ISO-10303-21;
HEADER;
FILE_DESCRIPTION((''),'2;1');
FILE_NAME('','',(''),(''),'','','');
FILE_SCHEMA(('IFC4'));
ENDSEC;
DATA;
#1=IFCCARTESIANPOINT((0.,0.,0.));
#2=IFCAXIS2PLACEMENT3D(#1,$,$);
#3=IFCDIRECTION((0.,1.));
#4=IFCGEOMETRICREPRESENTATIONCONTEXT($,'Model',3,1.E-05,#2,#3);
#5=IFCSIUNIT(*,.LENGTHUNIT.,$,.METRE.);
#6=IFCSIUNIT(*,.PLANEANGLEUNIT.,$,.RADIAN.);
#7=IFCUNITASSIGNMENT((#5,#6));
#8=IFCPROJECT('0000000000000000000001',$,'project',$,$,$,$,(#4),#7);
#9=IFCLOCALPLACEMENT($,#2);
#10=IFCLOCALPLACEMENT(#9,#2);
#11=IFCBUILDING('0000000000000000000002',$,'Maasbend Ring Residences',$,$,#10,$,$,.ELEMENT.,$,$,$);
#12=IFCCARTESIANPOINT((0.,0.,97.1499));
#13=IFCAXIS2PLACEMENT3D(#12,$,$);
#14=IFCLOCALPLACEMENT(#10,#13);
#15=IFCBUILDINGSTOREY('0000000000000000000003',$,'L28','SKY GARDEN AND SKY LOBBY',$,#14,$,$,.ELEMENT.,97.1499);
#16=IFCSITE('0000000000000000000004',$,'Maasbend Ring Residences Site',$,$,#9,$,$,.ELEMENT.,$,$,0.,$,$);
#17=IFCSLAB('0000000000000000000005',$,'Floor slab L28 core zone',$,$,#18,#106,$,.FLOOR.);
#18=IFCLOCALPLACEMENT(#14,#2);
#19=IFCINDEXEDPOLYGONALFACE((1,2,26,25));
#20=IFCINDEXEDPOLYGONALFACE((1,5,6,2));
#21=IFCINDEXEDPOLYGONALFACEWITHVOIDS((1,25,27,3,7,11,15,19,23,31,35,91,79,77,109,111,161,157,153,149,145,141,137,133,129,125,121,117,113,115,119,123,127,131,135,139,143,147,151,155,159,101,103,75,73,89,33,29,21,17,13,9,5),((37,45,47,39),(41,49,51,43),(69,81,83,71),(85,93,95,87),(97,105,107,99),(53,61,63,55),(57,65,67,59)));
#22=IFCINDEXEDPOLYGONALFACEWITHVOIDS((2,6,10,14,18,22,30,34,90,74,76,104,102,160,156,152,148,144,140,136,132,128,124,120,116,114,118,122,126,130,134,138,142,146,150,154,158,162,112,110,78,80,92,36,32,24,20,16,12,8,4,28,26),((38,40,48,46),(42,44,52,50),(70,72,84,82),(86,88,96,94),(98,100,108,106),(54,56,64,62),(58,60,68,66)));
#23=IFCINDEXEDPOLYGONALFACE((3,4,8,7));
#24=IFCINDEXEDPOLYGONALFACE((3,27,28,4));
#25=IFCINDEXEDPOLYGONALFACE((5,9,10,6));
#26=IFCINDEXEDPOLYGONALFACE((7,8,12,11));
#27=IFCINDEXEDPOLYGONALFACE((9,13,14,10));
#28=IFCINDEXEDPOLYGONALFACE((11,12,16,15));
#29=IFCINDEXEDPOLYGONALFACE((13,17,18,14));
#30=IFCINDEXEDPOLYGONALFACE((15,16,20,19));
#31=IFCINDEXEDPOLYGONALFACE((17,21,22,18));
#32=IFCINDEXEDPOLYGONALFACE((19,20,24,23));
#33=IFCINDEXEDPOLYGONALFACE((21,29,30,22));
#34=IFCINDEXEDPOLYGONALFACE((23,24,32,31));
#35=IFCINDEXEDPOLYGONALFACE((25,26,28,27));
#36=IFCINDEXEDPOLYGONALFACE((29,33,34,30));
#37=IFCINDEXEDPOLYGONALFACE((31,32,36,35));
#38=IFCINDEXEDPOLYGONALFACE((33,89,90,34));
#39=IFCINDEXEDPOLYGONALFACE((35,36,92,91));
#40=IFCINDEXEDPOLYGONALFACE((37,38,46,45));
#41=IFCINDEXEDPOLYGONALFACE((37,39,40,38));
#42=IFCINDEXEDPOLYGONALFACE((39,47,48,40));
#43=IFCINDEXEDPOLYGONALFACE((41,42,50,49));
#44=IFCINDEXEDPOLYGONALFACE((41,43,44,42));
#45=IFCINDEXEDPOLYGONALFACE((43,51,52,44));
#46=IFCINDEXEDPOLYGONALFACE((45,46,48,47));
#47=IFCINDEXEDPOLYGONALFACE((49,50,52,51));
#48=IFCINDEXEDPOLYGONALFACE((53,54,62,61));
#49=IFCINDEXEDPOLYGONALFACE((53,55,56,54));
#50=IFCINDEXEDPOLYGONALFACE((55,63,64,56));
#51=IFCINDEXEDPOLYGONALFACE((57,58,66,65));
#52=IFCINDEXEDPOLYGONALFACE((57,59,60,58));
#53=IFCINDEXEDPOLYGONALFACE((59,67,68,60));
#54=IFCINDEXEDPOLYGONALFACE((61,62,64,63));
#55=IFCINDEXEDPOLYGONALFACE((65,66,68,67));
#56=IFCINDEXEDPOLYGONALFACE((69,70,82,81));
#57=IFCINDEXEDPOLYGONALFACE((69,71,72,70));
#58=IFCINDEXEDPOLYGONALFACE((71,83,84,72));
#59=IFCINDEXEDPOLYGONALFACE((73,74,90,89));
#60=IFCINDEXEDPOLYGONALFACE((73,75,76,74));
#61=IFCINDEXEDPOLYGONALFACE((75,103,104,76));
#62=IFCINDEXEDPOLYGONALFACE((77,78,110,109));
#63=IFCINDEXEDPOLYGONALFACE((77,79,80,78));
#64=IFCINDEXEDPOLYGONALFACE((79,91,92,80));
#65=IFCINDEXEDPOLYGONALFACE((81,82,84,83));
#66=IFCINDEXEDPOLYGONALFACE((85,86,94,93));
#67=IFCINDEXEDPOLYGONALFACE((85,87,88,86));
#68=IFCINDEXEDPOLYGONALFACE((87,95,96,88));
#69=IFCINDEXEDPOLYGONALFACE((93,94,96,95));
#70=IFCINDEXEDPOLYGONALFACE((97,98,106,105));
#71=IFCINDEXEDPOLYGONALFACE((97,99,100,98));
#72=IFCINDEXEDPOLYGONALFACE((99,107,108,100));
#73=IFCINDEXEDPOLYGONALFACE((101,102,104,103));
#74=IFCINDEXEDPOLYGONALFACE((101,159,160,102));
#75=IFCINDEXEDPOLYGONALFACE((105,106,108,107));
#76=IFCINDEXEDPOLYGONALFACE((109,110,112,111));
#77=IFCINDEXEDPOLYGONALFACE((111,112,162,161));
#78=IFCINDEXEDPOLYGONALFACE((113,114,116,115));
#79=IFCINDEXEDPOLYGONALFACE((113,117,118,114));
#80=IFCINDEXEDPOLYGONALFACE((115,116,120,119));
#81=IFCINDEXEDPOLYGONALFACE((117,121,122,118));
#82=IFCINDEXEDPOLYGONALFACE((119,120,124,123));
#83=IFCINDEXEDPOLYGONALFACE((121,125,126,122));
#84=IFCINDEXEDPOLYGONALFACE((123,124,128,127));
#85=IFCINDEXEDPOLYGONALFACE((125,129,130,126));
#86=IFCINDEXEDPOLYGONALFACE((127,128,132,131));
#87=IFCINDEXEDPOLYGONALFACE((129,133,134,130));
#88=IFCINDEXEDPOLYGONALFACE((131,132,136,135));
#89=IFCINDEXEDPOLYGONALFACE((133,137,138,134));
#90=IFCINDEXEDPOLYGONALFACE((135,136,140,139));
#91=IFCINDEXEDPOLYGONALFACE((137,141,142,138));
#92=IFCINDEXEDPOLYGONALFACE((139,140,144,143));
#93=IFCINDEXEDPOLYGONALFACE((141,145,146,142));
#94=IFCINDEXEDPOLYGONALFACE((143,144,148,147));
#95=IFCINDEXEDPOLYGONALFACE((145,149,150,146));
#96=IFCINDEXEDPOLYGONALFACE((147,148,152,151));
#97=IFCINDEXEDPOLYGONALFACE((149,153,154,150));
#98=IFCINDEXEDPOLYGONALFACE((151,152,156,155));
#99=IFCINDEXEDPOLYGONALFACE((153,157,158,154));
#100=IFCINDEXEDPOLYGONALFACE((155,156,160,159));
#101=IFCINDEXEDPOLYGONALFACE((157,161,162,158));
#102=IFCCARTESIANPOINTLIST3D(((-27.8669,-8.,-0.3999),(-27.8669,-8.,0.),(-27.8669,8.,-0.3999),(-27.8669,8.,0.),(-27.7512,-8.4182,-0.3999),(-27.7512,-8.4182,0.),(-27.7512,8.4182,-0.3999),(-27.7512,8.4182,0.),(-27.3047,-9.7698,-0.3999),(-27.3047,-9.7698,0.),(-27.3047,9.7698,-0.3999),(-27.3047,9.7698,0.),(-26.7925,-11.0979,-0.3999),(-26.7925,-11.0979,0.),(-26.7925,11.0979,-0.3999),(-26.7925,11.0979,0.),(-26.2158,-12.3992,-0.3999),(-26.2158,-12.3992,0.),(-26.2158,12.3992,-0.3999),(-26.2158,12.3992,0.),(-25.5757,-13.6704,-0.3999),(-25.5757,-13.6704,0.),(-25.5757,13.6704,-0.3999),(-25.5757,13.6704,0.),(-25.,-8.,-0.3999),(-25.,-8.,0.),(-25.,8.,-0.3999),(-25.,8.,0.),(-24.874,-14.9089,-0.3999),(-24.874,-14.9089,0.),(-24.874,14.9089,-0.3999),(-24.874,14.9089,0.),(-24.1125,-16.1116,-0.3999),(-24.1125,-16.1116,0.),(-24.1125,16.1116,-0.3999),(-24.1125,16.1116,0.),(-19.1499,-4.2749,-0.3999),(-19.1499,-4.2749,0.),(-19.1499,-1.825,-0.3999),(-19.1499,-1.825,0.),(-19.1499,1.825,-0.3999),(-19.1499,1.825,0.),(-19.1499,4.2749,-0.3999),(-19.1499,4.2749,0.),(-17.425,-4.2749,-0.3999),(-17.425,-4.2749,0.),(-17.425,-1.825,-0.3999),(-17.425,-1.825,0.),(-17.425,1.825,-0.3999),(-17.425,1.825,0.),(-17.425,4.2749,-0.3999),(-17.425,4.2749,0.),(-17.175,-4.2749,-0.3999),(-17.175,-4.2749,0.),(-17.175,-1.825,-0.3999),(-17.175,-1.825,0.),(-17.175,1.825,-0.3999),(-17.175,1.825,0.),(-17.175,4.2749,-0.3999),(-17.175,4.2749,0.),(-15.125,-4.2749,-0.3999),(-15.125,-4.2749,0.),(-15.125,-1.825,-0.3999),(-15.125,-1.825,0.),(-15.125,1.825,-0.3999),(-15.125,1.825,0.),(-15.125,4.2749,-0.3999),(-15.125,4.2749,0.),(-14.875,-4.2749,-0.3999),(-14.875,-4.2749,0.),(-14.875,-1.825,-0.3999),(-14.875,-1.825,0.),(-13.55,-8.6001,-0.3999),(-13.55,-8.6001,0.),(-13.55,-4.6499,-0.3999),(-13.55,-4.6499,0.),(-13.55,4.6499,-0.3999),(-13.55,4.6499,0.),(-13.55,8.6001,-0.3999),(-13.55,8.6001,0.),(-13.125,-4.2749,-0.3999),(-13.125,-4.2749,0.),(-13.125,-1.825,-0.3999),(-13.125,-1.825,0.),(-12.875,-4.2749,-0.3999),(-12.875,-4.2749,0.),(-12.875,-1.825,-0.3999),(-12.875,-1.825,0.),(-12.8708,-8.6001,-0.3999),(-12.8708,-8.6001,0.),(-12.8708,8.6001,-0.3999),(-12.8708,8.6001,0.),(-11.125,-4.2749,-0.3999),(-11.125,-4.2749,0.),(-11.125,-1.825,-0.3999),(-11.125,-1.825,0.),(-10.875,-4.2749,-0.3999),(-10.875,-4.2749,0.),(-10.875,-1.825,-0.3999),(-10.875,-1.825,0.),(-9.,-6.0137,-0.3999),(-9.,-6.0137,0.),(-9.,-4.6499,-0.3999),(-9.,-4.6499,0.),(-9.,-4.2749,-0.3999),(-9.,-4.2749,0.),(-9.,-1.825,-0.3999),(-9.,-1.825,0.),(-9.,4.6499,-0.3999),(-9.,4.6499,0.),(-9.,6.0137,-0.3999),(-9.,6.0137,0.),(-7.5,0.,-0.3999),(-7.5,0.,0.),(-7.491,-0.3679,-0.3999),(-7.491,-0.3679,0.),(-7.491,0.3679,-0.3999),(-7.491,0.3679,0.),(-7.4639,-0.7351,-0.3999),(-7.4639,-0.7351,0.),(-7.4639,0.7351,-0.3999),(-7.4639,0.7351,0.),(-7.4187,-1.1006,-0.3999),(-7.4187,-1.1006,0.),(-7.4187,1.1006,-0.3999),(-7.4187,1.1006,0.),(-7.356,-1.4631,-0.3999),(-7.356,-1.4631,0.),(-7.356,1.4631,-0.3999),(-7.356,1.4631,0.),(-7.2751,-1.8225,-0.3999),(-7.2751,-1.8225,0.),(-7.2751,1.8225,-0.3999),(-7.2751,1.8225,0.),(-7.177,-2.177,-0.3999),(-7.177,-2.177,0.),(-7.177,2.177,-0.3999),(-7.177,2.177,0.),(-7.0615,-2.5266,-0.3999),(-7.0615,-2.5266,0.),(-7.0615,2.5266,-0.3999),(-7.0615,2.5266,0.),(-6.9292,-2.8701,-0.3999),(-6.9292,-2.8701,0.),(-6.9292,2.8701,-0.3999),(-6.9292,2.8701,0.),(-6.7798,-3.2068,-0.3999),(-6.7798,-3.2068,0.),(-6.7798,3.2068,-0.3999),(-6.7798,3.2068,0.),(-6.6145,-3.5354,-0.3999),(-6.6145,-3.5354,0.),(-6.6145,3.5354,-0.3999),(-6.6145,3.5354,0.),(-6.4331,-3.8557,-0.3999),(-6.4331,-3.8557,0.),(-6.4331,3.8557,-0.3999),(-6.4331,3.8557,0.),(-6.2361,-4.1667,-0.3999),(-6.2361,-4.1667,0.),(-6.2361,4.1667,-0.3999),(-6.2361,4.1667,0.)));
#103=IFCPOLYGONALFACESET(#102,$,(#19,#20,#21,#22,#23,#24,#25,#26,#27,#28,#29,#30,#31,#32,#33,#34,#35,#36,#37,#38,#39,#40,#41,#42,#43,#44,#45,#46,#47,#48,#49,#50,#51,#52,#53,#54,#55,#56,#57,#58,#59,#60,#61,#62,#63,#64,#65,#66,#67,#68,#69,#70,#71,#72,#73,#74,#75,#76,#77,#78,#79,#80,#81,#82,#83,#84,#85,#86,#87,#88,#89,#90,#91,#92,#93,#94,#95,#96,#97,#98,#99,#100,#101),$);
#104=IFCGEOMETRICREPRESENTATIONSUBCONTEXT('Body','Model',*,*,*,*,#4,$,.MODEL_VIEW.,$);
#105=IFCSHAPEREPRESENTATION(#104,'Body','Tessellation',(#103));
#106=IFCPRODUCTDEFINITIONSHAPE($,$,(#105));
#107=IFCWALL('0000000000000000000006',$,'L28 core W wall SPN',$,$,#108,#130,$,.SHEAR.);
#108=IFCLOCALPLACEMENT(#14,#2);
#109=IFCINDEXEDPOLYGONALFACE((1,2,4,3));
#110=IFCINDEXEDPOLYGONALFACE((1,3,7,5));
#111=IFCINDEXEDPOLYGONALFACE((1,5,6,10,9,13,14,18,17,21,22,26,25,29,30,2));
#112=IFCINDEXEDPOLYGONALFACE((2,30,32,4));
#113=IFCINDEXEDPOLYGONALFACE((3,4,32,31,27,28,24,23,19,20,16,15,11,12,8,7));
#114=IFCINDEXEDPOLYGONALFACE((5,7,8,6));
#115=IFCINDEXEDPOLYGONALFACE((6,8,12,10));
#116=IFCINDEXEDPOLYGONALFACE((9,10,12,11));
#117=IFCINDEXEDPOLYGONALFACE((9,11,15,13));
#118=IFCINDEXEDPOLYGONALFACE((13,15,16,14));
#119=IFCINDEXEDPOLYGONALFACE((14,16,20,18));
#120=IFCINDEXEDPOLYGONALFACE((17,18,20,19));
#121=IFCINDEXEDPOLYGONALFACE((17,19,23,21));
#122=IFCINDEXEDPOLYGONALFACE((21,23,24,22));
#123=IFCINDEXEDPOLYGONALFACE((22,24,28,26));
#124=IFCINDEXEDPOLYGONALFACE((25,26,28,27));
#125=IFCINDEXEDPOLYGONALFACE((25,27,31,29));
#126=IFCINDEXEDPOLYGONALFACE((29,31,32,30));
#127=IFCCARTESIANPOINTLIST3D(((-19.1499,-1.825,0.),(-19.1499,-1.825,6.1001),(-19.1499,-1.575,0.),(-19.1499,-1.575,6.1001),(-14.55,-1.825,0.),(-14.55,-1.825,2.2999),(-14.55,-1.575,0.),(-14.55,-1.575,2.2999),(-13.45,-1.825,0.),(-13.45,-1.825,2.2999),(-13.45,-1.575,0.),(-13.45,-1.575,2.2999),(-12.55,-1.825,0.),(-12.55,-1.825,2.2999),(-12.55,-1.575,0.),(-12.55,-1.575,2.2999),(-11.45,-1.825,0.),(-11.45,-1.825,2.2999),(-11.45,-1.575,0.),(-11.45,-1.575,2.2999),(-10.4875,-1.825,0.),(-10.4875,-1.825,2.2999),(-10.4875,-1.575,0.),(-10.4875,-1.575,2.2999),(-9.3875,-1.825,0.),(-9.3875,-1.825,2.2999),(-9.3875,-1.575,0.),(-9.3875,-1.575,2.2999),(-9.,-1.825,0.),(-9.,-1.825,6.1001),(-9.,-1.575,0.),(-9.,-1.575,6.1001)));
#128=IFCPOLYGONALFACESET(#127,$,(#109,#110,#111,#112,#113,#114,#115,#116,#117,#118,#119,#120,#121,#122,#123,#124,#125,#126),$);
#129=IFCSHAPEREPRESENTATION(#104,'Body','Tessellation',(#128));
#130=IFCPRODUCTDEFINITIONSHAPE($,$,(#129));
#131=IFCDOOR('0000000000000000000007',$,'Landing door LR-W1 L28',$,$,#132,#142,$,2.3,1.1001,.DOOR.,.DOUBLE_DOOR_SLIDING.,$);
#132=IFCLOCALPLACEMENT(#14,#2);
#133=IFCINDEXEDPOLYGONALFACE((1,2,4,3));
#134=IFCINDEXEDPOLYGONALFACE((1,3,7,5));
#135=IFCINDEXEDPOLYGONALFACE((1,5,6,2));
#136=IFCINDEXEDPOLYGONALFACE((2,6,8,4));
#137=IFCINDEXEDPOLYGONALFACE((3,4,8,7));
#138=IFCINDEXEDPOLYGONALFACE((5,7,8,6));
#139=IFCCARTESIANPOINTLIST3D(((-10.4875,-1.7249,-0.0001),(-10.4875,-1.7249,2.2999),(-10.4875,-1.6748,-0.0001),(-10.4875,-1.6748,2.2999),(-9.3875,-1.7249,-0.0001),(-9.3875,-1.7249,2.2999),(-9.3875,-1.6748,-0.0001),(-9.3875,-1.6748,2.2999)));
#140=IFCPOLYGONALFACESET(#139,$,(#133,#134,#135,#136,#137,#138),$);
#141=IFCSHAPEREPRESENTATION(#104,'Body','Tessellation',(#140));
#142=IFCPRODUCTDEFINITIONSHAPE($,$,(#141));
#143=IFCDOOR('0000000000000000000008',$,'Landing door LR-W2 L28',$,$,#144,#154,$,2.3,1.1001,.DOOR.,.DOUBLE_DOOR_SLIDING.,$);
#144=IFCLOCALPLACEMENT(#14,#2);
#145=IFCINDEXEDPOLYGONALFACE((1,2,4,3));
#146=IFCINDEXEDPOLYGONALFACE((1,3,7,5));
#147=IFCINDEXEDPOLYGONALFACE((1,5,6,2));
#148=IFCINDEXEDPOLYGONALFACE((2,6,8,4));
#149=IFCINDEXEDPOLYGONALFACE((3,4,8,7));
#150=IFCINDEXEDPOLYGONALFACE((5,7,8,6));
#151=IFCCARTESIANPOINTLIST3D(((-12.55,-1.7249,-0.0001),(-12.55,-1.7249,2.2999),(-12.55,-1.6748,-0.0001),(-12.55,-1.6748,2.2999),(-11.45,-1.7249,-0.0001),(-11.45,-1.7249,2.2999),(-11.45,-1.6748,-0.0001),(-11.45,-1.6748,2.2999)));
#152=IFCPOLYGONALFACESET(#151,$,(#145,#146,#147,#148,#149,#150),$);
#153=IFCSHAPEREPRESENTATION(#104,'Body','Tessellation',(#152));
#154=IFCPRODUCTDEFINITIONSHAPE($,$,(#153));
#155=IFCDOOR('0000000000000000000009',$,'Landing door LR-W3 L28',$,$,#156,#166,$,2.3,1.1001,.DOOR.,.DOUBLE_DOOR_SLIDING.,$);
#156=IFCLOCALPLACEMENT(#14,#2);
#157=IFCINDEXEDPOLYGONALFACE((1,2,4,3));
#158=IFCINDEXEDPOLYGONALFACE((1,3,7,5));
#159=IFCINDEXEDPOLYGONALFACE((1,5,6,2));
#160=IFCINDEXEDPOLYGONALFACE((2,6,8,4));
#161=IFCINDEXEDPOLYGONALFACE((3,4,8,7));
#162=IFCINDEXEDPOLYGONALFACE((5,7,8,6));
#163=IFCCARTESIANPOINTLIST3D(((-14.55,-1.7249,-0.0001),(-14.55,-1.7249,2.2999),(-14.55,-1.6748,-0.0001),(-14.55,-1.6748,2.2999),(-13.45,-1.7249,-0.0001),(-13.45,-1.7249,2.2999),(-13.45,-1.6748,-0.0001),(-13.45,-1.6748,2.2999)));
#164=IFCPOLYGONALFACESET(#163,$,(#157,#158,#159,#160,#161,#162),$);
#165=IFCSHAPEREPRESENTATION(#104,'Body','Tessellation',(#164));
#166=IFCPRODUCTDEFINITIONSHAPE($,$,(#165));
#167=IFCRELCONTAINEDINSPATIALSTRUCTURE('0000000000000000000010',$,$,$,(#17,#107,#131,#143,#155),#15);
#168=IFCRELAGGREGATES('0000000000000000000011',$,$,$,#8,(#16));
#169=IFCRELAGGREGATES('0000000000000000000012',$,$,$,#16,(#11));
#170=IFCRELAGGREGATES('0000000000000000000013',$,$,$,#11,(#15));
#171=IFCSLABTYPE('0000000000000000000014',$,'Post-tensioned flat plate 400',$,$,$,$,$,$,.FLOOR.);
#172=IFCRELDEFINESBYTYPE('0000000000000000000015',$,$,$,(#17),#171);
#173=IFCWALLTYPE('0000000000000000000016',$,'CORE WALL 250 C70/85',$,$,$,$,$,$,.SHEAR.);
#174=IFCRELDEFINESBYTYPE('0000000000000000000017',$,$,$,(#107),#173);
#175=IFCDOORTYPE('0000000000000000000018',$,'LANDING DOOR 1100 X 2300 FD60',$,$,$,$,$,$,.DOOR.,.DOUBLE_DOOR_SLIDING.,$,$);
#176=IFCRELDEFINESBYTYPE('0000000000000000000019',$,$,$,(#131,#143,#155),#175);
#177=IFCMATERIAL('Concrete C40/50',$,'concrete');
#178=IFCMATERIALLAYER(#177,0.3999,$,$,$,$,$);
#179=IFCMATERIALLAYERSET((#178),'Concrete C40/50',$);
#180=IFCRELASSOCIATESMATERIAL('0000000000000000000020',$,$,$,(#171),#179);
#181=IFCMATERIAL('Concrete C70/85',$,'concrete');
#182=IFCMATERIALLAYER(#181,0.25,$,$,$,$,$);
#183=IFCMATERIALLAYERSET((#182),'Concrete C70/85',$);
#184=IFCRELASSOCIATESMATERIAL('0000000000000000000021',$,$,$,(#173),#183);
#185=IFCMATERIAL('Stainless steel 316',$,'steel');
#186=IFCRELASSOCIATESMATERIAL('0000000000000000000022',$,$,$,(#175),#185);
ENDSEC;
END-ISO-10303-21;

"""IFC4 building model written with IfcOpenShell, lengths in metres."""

from ifc_helpers import new_model, si_unit, direction, frame, frame_2d, origin, place, context, subcontext, project, spatial, polyline, rectangle, outline, extrude, material, layer, layer_set, type_object, element, fill, save


model = new_model("IFC4")

# Units and contexts
model_context = context("Model", 3, precision=1e-05, world=origin(), true_north=direction((0.0, 1.0)))
body_context = subcontext(model_context, "Body", "Model", "MODEL_VIEW")
ifc_project = project(units=[si_unit("LENGTHUNIT", "METRE"), si_unit("PLANEANGLEUNIT", "RADIAN")], contexts=[model_context])

# Site, building, storey
site_placement = place(None, origin())
site = spatial("IfcSite", under=ifc_project, at=site_placement, Name="Maasbend Ring Residences Site", CompositionType="ELEMENT", RefElevation=0.0)
building_placement = place(site_placement, origin())
building = spatial("IfcBuilding", under=site, at=building_placement, Name="Maasbend Ring Residences", CompositionType="ELEMENT")
storey_placement = place(building_placement, frame((0.0, 0.0, 97.1499)))
storey = spatial("IfcBuildingStorey", under=building, at=storey_placement, Name="L28", Description="SKY GARDEN AND SKY LOBBY", CompositionType="ELEMENT", Elevation=97.1499)

# Slab
ifc_material_1 = material(Name="Concrete C40/50", Category="concrete")
ifc_layer_1 = layer(ifc_material_1, 0.3999)
ifc_layer_set_1 = layer_set([ifc_layer_1], Name="Concrete C40/50")
slab_type_1 = type_object("IfcSlabType", Name="Post-tensioned flat plate 400", PredefinedType="FLOOR", material=ifc_layer_set_1)
slab_1_placement = place(storey_placement, frame((0.0, 0.0, -0.3999)))
element("IfcSlab", 1, at=slab_1_placement, inside=storey, type_object=slab_type_1, Name="Floor slab L28 core zone", PredefinedType="FLOOR", context=body_context, shape_type="SweptSolid", body=[
    extrude(outline(polyline([(-24.1125, -16.1116), (-12.8708, -8.6001), (-13.55, -8.6001), (-13.55, -4.6499), (-9.0, -4.6499), (-9.0, -6.0137), (-6.2361, -4.1667), (-6.4331, -3.8557), (-6.6145, -3.5354), (-6.7798, -3.2068), (-6.9292, -2.8701), (-7.0615, -2.5266), (-7.177, -2.177), (-7.2751, -1.8225), (-7.356, -1.4631), (-7.4187, -1.1006), (-7.4639, -0.7351), (-7.491, -0.3679), (-7.5, 0.0), (-7.491, 0.3679), (-7.4639, 0.7351), (-7.4187, 1.1006), (-7.356, 1.4631), (-7.2751, 1.8225), (-7.177, 2.177), (-7.0615, 2.5266), (-6.9292, 2.8701), (-6.7798, 3.2068), (-6.6145, 3.5354), (-6.4331, 3.8557), (-6.2361, 4.1667), (-9.0, 6.0137), (-9.0, 4.6499), (-13.55, 4.6499), (-13.55, 8.6001), (-12.8708, 8.6001), (-24.1125, 16.1116), (-24.1125, 16.1116), (-24.874, 14.9089), (-25.5757, 13.6704), (-26.2158, 12.3992), (-26.7925, 11.0979), (-27.3047, 9.7698), (-27.7512, 8.4182), (-27.8669, 8.0), (-25.0, 8.0), (-25.0, -8.0), (-27.8669, -8.0), (-27.7512, -8.4182), (-27.3047, -9.7698), (-26.7925, -11.0979), (-26.2158, -12.3992), (-25.5757, -13.6704), (-24.874, -14.9089), (-24.1125, -16.1116)]), holes=[polyline([(-10.875, -1.825), (-9.0, -1.825), (-9.0, -4.2749), (-10.875, -4.2749), (-10.875, -1.825)]), polyline([(-12.875, -1.825), (-11.125, -1.825), (-11.125, -4.2749), (-12.875, -4.2749), (-12.875, -1.825)]), polyline([(-14.875, -1.825), (-13.125, -1.825), (-13.125, -4.2749), (-14.875, -4.2749), (-14.875, -1.825)]), polyline([(-17.175, -1.825), (-15.125, -1.825), (-15.125, -4.2749), (-17.175, -4.2749), (-17.175, -1.825)]), polyline([(-17.175, 4.2749), (-15.125, 4.2749), (-15.125, 1.825), (-17.175, 1.825), (-17.175, 4.2749)]), polyline([(-19.1499, -1.825), (-17.425, -1.825), (-17.425, -4.2749), (-19.1499, -4.2749), (-19.1499, -1.825)]), polyline([(-19.1499, 4.2749), (-17.425, 4.2749), (-17.425, 1.825), (-19.1499, 1.825), (-19.1499, 4.2749)])]), origin(), (0.0, 0.0, 1.0), 0.3999),
])

# Wall, openings, doors
ifc_material_2 = material(Name="Concrete C70/85", Category="concrete")
ifc_layer_2 = layer(ifc_material_2, 0.25)
ifc_layer_set_2 = layer_set([ifc_layer_2], Name="Concrete C70/85")
wall_type_1 = type_object("IfcWallType", Name="CORE WALL 250 C70/85", PredefinedType="SHEAR", material=ifc_layer_set_2)
wall_1_placement = place(storey_placement, frame((-9.0, -1.7, 0.0), z_axis=(0.0, 0.0, 1.0), x_axis=(-1.0, 0.0, 0.0)))
wall_1 = element("IfcWall", 2, at=wall_1_placement, inside=storey, type_object=wall_type_1, Name="L28 core W wall SPN", PredefinedType="SHEAR", context=body_context, shape_type="SweptSolid", body=[
    extrude(rectangle(XDim=10.1499, YDim=0.25, at=frame_2d((5.075, 0.0))), origin(), (0.0, 0.0, 1.0), 6.1001),
])
opening_1_placement = place(wall_1_placement, frame((0.3875, 0.0, 0.0)))
opening_1 = element("IfcOpeningElement", 3, at=opening_1_placement, cuts=wall_1, PredefinedType="OPENING", context=body_context, shape_type="SweptSolid", body=[
    extrude(rectangle(XDim=1.1001, YDim=2.3, at=frame_2d((0.55, 1.1499))), frame((0.0, 0.135, 0.0), z_axis=(0.0, -1.0, 0.0), x_axis=(1.0, 0.0, 0.0)), (0.0, 0.0, 1.0), 0.27),
])
opening_2_placement = place(wall_1_placement, frame((2.45, 0.0, 0.0)))
opening_2 = element("IfcOpeningElement", 4, at=opening_2_placement, cuts=wall_1, PredefinedType="OPENING", context=body_context, shape_type="SweptSolid", body=[
    extrude(rectangle(XDim=1.1001, YDim=2.3, at=frame_2d((0.55, 1.1499))), frame((0.0, 0.135, 0.0), z_axis=(0.0, -1.0, 0.0), x_axis=(1.0, 0.0, 0.0)), (0.0, 0.0, 1.0), 0.27),
])
opening_3_placement = place(wall_1_placement, frame((4.45, 0.0, 0.0)))
opening_3 = element("IfcOpeningElement", 5, at=opening_3_placement, cuts=wall_1, PredefinedType="OPENING", context=body_context, shape_type="SweptSolid", body=[
    extrude(rectangle(XDim=1.1001, YDim=2.3, at=frame_2d((0.55, 1.1499))), frame((0.0, 0.135, 0.0), z_axis=(0.0, -1.0, 0.0), x_axis=(1.0, 0.0, 0.0)), (0.0, 0.0, 1.0), 0.27),
])
ifc_material_3 = material(Name="Stainless steel 316", Category="steel")
door_type_1 = type_object("IfcDoorType", Name="LANDING DOOR 1100 X 2300 FD60", OperationType="DOUBLE_DOOR_SLIDING", PredefinedType="DOOR", material=ifc_material_3)
door_1_placement = place(opening_1_placement, origin())
door_1 = element("IfcDoor", 6, at=door_1_placement, inside=storey, type_object=door_type_1, Name="Landing door LR-W1 L28", OperationType="DOUBLE_DOOR_SLIDING", OverallHeight=2.3, OverallWidth=1.1001, PredefinedType="DOOR", context=body_context, shape_type="SweptSolid", body=[
    extrude(rectangle(XDim=1.1001, YDim=2.3, at=frame_2d((0.55, 1.1499))), frame((0.0, 0.0249, 0.0), z_axis=(0.0, -1.0, 0.0), x_axis=(1.0, 0.0, 0.0)), (0.0, 0.0, 1.0), 0.05),
])
fill(opening_1, door_1)
door_2_placement = place(opening_2_placement, origin())
door_2 = element("IfcDoor", 7, at=door_2_placement, inside=storey, type_object=door_type_1, Name="Landing door LR-W2 L28", OperationType="DOUBLE_DOOR_SLIDING", OverallHeight=2.3, OverallWidth=1.1001, PredefinedType="DOOR", context=body_context, shape_type="SweptSolid", body=[
    extrude(rectangle(XDim=1.1001, YDim=2.3, at=frame_2d((0.55, 1.1499))), frame((0.0, 0.0249, 0.0), z_axis=(0.0, -1.0, 0.0), x_axis=(1.0, 0.0, 0.0)), (0.0, 0.0, 1.0), 0.05),
])
fill(opening_2, door_2)
door_3_placement = place(opening_3_placement, origin())
door_3 = element("IfcDoor", 8, at=door_3_placement, inside=storey, type_object=door_type_1, Name="Landing door LR-W3 L28", OperationType="DOUBLE_DOOR_SLIDING", OverallHeight=2.3, OverallWidth=1.1001, PredefinedType="DOOR", context=body_context, shape_type="SweptSolid", body=[
    extrude(rectangle(XDim=1.1001, YDim=2.3, at=frame_2d((0.55, 1.1499))), frame((0.0, 0.0249, 0.0), z_axis=(0.0, -1.0, 0.0), x_axis=(1.0, 0.0, 0.0)), (0.0, 0.0, 1.0), 0.05),
])
fill(opening_3, door_3)

save(model, "model.ifc")
